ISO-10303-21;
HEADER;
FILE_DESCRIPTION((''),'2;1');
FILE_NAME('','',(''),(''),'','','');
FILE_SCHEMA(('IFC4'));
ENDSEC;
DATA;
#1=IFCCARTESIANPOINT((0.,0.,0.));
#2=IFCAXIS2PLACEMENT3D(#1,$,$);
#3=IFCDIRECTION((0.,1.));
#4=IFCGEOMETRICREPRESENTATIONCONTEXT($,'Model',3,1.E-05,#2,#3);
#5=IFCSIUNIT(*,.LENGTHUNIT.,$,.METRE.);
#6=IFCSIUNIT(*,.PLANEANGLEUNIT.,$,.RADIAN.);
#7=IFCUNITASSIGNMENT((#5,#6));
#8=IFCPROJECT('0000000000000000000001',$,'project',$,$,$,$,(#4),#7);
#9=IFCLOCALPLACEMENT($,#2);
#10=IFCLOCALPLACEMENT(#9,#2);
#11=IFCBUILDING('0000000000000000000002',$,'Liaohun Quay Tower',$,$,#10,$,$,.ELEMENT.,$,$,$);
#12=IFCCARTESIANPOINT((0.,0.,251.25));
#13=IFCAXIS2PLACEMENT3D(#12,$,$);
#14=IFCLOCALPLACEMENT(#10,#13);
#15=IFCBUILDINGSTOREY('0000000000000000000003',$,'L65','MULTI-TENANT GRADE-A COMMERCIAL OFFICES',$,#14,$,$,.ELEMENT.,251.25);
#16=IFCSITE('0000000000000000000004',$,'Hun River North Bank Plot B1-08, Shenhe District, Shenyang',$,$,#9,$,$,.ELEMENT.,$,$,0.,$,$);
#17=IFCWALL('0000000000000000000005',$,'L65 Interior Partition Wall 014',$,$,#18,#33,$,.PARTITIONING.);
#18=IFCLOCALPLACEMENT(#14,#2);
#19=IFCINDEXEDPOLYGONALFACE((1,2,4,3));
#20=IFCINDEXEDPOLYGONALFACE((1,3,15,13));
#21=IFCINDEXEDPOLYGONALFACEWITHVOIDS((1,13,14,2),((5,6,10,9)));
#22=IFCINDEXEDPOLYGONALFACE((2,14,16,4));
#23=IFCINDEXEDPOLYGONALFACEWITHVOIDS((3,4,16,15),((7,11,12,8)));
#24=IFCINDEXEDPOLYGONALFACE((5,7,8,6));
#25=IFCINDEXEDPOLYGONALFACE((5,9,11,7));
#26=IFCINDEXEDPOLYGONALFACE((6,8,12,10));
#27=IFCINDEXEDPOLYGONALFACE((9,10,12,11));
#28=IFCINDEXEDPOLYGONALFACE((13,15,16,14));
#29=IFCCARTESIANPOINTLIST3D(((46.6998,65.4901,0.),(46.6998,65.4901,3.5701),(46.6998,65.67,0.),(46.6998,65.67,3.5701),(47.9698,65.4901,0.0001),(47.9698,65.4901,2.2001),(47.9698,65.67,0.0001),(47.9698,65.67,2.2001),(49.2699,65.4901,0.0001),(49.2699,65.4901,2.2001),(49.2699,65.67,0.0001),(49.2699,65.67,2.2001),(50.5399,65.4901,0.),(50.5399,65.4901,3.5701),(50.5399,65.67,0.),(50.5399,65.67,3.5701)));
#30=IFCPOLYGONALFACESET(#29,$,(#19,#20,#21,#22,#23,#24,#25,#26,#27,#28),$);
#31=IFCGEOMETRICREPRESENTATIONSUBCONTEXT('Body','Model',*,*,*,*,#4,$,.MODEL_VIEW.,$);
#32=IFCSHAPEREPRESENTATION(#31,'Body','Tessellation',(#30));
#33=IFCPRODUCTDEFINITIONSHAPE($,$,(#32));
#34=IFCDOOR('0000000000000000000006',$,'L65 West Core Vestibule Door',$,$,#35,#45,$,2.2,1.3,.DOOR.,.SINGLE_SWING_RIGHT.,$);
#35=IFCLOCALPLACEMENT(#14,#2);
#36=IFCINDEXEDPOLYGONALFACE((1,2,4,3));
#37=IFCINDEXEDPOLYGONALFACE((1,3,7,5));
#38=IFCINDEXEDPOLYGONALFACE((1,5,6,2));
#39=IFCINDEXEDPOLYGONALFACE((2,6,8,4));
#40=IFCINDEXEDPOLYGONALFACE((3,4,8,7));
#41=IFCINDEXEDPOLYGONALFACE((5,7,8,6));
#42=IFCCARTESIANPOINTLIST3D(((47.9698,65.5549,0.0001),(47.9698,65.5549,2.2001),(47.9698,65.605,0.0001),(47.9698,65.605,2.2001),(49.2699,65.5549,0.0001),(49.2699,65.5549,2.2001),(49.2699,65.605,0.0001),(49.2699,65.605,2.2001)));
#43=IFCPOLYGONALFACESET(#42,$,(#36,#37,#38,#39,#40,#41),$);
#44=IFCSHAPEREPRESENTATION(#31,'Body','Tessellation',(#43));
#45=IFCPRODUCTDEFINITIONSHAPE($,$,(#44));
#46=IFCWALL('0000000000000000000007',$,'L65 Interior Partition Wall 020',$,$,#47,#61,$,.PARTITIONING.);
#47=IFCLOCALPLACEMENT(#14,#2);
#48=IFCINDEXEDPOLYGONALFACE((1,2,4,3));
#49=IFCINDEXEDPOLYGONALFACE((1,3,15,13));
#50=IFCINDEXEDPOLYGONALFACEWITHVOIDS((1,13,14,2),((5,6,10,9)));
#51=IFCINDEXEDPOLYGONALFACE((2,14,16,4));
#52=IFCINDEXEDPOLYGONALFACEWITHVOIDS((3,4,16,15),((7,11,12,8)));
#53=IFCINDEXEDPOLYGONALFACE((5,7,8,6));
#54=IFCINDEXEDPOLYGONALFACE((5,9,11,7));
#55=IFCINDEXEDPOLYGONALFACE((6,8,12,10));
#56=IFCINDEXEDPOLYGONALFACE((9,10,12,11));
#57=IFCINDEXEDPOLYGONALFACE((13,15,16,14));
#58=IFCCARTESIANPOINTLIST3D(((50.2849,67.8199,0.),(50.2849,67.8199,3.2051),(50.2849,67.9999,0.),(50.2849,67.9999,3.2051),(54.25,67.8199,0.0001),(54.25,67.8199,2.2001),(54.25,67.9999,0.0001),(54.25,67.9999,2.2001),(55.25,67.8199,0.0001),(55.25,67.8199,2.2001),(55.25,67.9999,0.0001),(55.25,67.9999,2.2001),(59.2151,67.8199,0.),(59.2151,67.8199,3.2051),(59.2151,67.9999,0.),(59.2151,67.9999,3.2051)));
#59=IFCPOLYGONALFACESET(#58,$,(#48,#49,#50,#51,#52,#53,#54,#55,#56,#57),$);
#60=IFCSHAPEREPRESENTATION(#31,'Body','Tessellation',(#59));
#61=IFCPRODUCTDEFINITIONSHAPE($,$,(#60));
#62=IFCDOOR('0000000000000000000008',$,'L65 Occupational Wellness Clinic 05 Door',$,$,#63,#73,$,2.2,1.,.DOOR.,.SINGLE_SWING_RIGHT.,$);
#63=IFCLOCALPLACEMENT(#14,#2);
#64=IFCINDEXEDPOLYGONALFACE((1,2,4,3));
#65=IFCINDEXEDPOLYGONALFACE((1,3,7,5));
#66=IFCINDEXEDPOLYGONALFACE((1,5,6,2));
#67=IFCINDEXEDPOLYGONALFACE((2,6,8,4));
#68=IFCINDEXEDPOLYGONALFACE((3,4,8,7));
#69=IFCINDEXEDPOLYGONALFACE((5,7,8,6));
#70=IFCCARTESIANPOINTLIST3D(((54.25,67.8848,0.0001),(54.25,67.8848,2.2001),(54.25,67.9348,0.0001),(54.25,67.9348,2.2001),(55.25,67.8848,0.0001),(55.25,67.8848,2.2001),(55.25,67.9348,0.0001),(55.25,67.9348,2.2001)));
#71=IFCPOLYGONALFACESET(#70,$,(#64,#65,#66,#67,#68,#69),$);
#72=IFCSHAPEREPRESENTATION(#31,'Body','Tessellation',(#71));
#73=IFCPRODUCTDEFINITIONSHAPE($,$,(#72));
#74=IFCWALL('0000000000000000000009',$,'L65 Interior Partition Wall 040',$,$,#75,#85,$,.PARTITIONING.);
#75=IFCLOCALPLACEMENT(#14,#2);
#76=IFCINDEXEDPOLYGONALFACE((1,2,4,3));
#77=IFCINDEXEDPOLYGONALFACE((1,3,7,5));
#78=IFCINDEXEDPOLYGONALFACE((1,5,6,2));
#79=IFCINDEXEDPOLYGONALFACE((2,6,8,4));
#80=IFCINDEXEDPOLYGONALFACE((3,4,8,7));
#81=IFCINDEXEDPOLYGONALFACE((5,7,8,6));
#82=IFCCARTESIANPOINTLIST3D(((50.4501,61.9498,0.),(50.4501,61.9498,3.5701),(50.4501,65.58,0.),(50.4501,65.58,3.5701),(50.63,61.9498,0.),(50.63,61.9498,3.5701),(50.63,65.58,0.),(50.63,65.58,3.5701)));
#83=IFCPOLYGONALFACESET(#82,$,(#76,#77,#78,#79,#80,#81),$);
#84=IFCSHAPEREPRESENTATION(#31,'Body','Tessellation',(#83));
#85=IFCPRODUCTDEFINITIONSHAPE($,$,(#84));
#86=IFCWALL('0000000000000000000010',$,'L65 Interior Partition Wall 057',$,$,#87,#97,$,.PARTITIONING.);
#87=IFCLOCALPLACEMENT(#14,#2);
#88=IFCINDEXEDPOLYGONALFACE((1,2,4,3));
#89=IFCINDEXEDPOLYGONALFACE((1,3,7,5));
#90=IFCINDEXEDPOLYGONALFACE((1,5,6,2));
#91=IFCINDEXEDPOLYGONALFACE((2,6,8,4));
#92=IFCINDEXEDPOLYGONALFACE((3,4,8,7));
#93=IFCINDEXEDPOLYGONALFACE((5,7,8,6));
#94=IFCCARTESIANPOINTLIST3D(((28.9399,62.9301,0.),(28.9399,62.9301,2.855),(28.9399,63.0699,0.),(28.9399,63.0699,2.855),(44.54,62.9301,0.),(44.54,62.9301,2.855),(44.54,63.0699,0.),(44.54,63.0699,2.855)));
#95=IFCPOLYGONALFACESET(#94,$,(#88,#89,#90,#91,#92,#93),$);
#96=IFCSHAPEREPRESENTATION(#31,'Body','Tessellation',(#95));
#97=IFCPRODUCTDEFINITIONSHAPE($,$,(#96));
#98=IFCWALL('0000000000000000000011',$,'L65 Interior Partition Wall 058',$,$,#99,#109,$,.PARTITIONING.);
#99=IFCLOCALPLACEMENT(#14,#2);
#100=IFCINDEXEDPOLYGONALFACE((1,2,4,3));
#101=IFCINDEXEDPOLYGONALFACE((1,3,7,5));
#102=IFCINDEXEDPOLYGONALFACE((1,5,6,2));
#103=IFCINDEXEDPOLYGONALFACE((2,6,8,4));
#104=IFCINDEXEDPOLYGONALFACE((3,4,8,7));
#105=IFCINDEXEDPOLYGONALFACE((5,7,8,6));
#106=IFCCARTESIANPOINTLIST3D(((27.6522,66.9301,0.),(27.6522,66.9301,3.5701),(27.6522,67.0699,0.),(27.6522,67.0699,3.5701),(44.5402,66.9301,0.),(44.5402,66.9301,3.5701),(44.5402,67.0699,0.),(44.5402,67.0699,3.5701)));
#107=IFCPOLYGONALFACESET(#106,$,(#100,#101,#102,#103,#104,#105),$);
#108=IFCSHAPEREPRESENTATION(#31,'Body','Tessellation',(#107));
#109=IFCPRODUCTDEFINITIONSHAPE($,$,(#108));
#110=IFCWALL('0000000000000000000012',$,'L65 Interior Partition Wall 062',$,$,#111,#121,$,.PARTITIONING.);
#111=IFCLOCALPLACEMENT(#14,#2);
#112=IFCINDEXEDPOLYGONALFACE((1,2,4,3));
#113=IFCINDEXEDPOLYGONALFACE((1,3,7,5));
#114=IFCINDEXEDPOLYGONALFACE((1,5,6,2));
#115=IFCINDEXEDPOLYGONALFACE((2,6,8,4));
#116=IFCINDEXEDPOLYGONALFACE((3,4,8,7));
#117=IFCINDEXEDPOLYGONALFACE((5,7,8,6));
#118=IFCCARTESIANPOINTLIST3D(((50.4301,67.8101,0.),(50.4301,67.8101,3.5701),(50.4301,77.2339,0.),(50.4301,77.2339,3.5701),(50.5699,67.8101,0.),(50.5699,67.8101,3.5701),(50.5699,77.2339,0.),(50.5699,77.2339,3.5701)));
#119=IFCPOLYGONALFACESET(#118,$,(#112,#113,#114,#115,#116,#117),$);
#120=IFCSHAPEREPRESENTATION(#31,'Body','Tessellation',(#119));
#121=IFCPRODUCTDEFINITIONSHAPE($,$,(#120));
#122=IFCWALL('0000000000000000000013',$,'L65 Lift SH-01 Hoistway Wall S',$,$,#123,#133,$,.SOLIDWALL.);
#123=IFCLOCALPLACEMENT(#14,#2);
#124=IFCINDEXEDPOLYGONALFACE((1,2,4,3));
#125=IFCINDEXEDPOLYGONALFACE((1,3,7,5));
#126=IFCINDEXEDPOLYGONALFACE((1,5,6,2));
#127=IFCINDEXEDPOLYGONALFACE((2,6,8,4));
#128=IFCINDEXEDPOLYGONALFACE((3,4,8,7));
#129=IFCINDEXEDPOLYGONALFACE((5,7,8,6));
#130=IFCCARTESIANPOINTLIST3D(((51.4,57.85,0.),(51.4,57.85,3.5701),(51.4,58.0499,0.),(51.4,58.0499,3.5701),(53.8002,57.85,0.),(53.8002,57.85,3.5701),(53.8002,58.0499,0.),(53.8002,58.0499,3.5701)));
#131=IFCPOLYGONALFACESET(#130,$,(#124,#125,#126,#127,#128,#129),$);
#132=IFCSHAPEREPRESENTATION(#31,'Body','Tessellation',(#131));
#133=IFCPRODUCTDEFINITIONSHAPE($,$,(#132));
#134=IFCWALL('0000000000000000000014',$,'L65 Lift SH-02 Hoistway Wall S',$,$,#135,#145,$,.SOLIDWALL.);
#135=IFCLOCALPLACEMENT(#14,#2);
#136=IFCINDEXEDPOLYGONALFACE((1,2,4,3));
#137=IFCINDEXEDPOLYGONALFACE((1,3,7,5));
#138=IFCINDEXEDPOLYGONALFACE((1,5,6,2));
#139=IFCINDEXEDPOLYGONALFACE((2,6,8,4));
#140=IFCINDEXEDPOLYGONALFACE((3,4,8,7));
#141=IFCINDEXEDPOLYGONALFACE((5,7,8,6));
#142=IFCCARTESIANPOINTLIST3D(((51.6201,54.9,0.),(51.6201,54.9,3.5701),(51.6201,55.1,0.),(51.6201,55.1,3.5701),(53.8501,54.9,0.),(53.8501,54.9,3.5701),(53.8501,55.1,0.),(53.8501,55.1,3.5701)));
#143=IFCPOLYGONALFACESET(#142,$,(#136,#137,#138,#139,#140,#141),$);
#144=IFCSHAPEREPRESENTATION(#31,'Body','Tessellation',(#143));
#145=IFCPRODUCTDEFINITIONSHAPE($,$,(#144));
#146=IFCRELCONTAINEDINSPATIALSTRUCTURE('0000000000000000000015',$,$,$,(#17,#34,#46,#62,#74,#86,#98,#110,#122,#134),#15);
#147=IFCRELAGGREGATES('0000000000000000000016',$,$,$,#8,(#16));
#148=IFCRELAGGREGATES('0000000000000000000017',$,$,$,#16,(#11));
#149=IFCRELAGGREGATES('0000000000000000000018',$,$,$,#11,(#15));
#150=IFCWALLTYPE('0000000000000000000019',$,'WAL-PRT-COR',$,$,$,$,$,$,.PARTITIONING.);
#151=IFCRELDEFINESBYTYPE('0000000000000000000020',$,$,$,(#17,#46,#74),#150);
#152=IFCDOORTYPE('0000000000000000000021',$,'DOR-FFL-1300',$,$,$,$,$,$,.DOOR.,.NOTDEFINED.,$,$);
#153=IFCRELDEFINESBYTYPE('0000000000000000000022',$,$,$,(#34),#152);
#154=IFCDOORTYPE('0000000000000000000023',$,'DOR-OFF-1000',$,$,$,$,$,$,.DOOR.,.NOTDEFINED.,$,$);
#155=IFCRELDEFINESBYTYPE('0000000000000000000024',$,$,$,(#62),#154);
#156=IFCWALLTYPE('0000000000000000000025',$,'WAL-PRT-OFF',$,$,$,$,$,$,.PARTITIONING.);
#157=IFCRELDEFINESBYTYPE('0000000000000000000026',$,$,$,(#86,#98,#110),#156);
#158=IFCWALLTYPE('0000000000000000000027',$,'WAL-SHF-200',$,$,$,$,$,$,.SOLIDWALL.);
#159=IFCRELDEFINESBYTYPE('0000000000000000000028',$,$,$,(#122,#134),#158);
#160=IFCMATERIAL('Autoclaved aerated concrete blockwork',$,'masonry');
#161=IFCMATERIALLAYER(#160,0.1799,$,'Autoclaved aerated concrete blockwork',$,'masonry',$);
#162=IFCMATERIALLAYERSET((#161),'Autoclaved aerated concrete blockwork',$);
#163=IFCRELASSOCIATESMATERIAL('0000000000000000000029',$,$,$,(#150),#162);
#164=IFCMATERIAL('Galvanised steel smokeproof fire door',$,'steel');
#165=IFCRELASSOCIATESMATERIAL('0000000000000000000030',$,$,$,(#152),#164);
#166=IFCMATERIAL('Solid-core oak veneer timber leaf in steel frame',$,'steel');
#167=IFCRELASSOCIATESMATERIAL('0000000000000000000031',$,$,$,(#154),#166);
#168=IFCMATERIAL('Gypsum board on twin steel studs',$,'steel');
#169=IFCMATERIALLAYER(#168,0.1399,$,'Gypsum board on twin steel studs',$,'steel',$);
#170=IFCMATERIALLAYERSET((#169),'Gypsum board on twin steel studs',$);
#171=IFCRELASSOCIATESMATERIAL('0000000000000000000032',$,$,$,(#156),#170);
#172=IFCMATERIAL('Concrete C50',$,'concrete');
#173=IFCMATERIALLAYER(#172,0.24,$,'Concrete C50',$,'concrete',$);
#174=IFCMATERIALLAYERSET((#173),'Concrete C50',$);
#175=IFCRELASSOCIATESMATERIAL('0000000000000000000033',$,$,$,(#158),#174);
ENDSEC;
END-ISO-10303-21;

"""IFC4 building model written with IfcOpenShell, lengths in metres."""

from ifc_helpers import new_model, si_unit, direction, frame, frame_2d, origin, place, context, subcontext, project, spatial, rectangle, extrude, source, transform, mapped, material, layer, layer_set, type_object, element, fill, save


model = new_model("IFC4")

# Units and contexts
model_context = context("Model", 3, precision=1e-05, world=origin(), true_north=direction((0.0, 1.0)))
body_context = subcontext(model_context, "Body", "Model", "MODEL_VIEW")
ifc_project = project(units=[si_unit("LENGTHUNIT", "METRE"), si_unit("PLANEANGLEUNIT", "RADIAN")], contexts=[model_context])

# Site, building, storey
site_placement = place(None, origin())
site = spatial("IfcSite", under=ifc_project, at=site_placement, Name="Hun River North Bank Plot B1-08, Shenhe District, Shenyang", CompositionType="ELEMENT", RefElevation=0.0)
building_placement = place(site_placement, origin())
building = spatial("IfcBuilding", under=site, at=building_placement, Name="Liaohun Quay Tower", CompositionType="ELEMENT")
storey_placement = place(building_placement, frame((0.0, 0.0, 251.25)))
storey = spatial("IfcBuildingStorey", under=building, at=storey_placement, Name="L65", Description="MULTI-TENANT GRADE-A COMMERCIAL OFFICES", CompositionType="ELEMENT", Elevation=251.25)

# Walls, openings, doors
ifc_material_1 = material(Name="Autoclaved aerated concrete blockwork", Category="masonry")
ifc_layer_1 = layer(ifc_material_1, 0.1799, Name="Autoclaved aerated concrete blockwork", Category="masonry")
ifc_layer_set_1 = layer_set([ifc_layer_1], Name="Autoclaved aerated concrete blockwork")
wall_type_1 = type_object("IfcWallType", Name="WAL-PRT-COR", PredefinedType="PARTITIONING", material=ifc_layer_set_1)
wall_1_placement = place(storey_placement, frame((46.7, 65.5801, 0.0), z_axis=(0.0, 0.0, 1.0), x_axis=(1.0, 0.0, 0.0)))
wall_1 = element("IfcWall", 1, at=wall_1_placement, inside=storey, type_object=wall_type_1, Name="L65 Interior Partition Wall 014", PredefinedType="PARTITIONING", context=body_context, shape_type="SweptSolid", body=[
    extrude(rectangle(XDim=3.8401, YDim=0.1799, at=frame_2d((1.9199, 0.0))), origin(), (0.0, 0.0, 1.0), 3.5701),
])
shared_shape_1 = source(origin(), body_context, "Body", "SweptSolid", [
    extrude(rectangle(XDim=1.3, YDim=2.2, at=frame_2d((0.6499, 1.1001))), frame((0.0, 0.0999, 0.0), z_axis=(0.0, -1.0, 0.0), x_axis=(1.0, 0.0, 0.0)), (0.0, 0.0, 1.0), 0.2),
])
opening_1_placement = place(wall_1_placement, frame((1.27, 0.0, 0.0)))
opening_1 = element("IfcOpeningElement", 2, at=opening_1_placement, cuts=wall_1, PredefinedType="OPENING", context=body_context, shape_type="MappedRepresentation", body=[
    mapped(shared_shape_1, transform((0.0, 0.0, 0.0), x_axis=(1.0, 0.0, 0.0), y_axis=(0.0, 1.0, 0.0), z_axis=(0.0, 0.0, 1.0), scale=1.0)),
])
ifc_material_2 = material(Name="Galvanised steel smokeproof fire door", Category="steel")
door_type_1 = type_object("IfcDoorType", Name="DOR-FFL-1300", OperationType="NOTDEFINED", PredefinedType="DOOR", material=ifc_material_2)
shared_shape_2 = source(origin(), body_context, "Body", "SweptSolid", [
    extrude(rectangle(XDim=1.3, YDim=2.2, at=frame_2d((0.6499, 1.1001))), frame((0.0, 0.0249, 0.0), z_axis=(0.0, -1.0, 0.0), x_axis=(1.0, 0.0, 0.0)), (0.0, 0.0, 1.0), 0.05),
])
door_1_placement = place(opening_1_placement, origin())
door_1 = element("IfcDoor", 3, at=door_1_placement, inside=storey, type_object=door_type_1, Name="L65 West Core Vestibule Door", OperationType="SINGLE_SWING_RIGHT", OverallHeight=2.2, OverallWidth=1.3, PredefinedType="DOOR", context=body_context, shape_type="MappedRepresentation", body=[
    mapped(shared_shape_2, transform((0.0, 0.0, 0.0), x_axis=(1.0, 0.0, 0.0), y_axis=(0.0, 1.0, 0.0), z_axis=(0.0, 0.0, 1.0), scale=1.0)),
])
fill(opening_1, door_1)
wall_2_placement = place(storey_placement, frame((50.2849, 67.9099, 0.0), z_axis=(0.0, 0.0, 1.0), x_axis=(1.0, 0.0, 0.0)))
wall_2 = element("IfcWall", 4, at=wall_2_placement, inside=storey, type_object=wall_type_1, Name="L65 Interior Partition Wall 020", PredefinedType="PARTITIONING", context=body_context, shape_type="SweptSolid", body=[
    extrude(rectangle(XDim=8.9302, YDim=0.1799, at=frame_2d((4.4651, 0.0))), origin(), (0.0, 0.0, 1.0), 3.2051),
])
shared_shape_3 = source(origin(), body_context, "Body", "SweptSolid", [
    extrude(rectangle(XDim=1.0, YDim=2.2, at=frame_2d((0.5, 1.1001))), frame((0.0, 0.0999, 0.0), z_axis=(0.0, -1.0, 0.0), x_axis=(1.0, 0.0, 0.0)), (0.0, 0.0, 1.0), 0.2),
])
opening_2_placement = place(wall_2_placement, frame((3.9651, 0.0, 0.0)))
opening_2 = element("IfcOpeningElement", 5, at=opening_2_placement, cuts=wall_2, PredefinedType="OPENING", context=body_context, shape_type="MappedRepresentation", body=[
    mapped(shared_shape_3, transform((0.0, 0.0, 0.0), x_axis=(1.0, 0.0, 0.0), y_axis=(0.0, 1.0, 0.0), z_axis=(0.0, 0.0, 1.0), scale=1.0)),
])
ifc_material_3 = material(Name="Solid-core oak veneer timber leaf in steel frame", Category="steel")
door_type_2 = type_object("IfcDoorType", Name="DOR-OFF-1000", OperationType="NOTDEFINED", PredefinedType="DOOR", material=ifc_material_3)
shared_shape_4 = source(origin(), body_context, "Body", "SweptSolid", [
    extrude(rectangle(XDim=1.0, YDim=2.2, at=frame_2d((0.5, 1.1001))), frame((0.0, 0.0249, 0.0), z_axis=(0.0, -1.0, 0.0), x_axis=(1.0, 0.0, 0.0)), (0.0, 0.0, 1.0), 0.05),
])
door_2_placement = place(opening_2_placement, origin())
door_2 = element("IfcDoor", 6, at=door_2_placement, inside=storey, type_object=door_type_2, Name="L65 Occupational Wellness Clinic 05 Door", OperationType="SINGLE_SWING_RIGHT", OverallHeight=2.2, OverallWidth=1.0, PredefinedType="DOOR", context=body_context, shape_type="MappedRepresentation", body=[
    mapped(shared_shape_4, transform((0.0, 0.0, 0.0), x_axis=(1.0, 0.0, 0.0), y_axis=(0.0, 1.0, 0.0), z_axis=(0.0, 0.0, 1.0), scale=1.0)),
])
fill(opening_2, door_2)

# Walls
wall_3_placement = place(storey_placement, frame((50.54, 61.95, 0.0), z_axis=(0.0, 0.0, 1.0), x_axis=(0.0, 1.0, 0.0)))
element("IfcWall", 7, at=wall_3_placement, inside=storey, type_object=wall_type_1, Name="L65 Interior Partition Wall 040", PredefinedType="PARTITIONING", context=body_context, shape_type="SweptSolid", body=[
    extrude(rectangle(XDim=3.6301, YDim=0.1799, at=frame_2d((1.8149, 0.0))), origin(), (0.0, 0.0, 1.0), 3.5701),
])
ifc_material_4 = material(Name="Gypsum board on twin steel studs", Category="steel")
ifc_layer_2 = layer(ifc_material_4, 0.1399, Name="Gypsum board on twin steel studs", Category="steel")
ifc_layer_set_2 = layer_set([ifc_layer_2], Name="Gypsum board on twin steel studs")
wall_type_2 = type_object("IfcWallType", Name="WAL-PRT-OFF", PredefinedType="PARTITIONING", material=ifc_layer_set_2)
wall_4_placement = place(storey_placement, frame((44.54, 63.0, 0.0), z_axis=(0.0, 0.0, 1.0), x_axis=(-1.0, 0.0, 0.0)))
element("IfcWall", 8, at=wall_4_placement, inside=storey, type_object=wall_type_2, Name="L65 Interior Partition Wall 057", PredefinedType="PARTITIONING", context=body_context, shape_type="SweptSolid", body=[
    extrude(rectangle(XDim=15.6001, YDim=0.1399, at=frame_2d((7.8, 0.0))), origin(), (0.0, 0.0, 1.0), 2.855),
])
wall_5_placement = place(storey_placement, frame((44.54, 67.0, 0.0), z_axis=(0.0, 0.0, 1.0), x_axis=(-1.0, 0.0, 0.0)))
element("IfcWall", 9, at=wall_5_placement, inside=storey, type_object=wall_type_2, Name="L65 Interior Partition Wall 058", PredefinedType="PARTITIONING", context=body_context, shape_type="SweptSolid", body=[
    extrude(rectangle(XDim=16.8879, YDim=0.1399, at=frame_2d((8.4438, 0.0))), origin(), (0.0, 0.0, 1.0), 3.5701),
])
wall_6_placement = place(storey_placement, frame((50.5, 67.8101, 0.0), z_axis=(0.0, 0.0, 1.0), x_axis=(0.0, 1.0, 0.0)))
element("IfcWall", 10, at=wall_6_placement, inside=storey, type_object=wall_type_2, Name="L65 Interior Partition Wall 062", PredefinedType="PARTITIONING", context=body_context, shape_type="SweptSolid", body=[
    extrude(rectangle(XDim=9.4238, YDim=0.1399, at=frame_2d((4.7119, 0.0))), origin(), (0.0, 0.0, 1.0), 3.5701),
])
ifc_material_5 = material(Name="Concrete C50", Category="concrete")
ifc_layer_3 = layer(ifc_material_5, 0.24, Name="Concrete C50", Category="concrete")
ifc_layer_set_3 = layer_set([ifc_layer_3], Name="Concrete C50")
wall_type_3 = type_object("IfcWallType", Name="WAL-SHF-200", PredefinedType="SOLIDWALL", material=ifc_layer_set_3)
wall_7_placement = place(storey_placement, frame((51.3999, 57.95, 0.0), z_axis=(0.0, 0.0, 1.0), x_axis=(1.0, 0.0, 0.0)))
element("IfcWall", 11, at=wall_7_placement, inside=storey, type_object=wall_type_3, Name="L65 Lift SH-01 Hoistway Wall S", PredefinedType="SOLIDWALL", context=body_context, shape_type="SweptSolid", body=[
    extrude(rectangle(XDim=2.4001, YDim=0.2, at=frame_2d((1.2002, 0.0))), origin(), (0.0, 0.0, 1.0), 3.5701),
])
wall_8_placement = place(storey_placement, frame((51.6201, 55.0, 0.0), z_axis=(0.0, 0.0, 1.0), x_axis=(1.0, 0.0, 0.0)))
element("IfcWall", 12, at=wall_8_placement, inside=storey, type_object=wall_type_3, Name="L65 Lift SH-02 Hoistway Wall S", PredefinedType="SOLIDWALL", context=body_context, shape_type="SweptSolid", body=[
    extrude(rectangle(XDim=2.23, YDim=0.2, at=frame_2d((1.115, 0.0))), origin(), (0.0, 0.0, 1.0), 3.5701),
])

save(model, "model.ifc")
